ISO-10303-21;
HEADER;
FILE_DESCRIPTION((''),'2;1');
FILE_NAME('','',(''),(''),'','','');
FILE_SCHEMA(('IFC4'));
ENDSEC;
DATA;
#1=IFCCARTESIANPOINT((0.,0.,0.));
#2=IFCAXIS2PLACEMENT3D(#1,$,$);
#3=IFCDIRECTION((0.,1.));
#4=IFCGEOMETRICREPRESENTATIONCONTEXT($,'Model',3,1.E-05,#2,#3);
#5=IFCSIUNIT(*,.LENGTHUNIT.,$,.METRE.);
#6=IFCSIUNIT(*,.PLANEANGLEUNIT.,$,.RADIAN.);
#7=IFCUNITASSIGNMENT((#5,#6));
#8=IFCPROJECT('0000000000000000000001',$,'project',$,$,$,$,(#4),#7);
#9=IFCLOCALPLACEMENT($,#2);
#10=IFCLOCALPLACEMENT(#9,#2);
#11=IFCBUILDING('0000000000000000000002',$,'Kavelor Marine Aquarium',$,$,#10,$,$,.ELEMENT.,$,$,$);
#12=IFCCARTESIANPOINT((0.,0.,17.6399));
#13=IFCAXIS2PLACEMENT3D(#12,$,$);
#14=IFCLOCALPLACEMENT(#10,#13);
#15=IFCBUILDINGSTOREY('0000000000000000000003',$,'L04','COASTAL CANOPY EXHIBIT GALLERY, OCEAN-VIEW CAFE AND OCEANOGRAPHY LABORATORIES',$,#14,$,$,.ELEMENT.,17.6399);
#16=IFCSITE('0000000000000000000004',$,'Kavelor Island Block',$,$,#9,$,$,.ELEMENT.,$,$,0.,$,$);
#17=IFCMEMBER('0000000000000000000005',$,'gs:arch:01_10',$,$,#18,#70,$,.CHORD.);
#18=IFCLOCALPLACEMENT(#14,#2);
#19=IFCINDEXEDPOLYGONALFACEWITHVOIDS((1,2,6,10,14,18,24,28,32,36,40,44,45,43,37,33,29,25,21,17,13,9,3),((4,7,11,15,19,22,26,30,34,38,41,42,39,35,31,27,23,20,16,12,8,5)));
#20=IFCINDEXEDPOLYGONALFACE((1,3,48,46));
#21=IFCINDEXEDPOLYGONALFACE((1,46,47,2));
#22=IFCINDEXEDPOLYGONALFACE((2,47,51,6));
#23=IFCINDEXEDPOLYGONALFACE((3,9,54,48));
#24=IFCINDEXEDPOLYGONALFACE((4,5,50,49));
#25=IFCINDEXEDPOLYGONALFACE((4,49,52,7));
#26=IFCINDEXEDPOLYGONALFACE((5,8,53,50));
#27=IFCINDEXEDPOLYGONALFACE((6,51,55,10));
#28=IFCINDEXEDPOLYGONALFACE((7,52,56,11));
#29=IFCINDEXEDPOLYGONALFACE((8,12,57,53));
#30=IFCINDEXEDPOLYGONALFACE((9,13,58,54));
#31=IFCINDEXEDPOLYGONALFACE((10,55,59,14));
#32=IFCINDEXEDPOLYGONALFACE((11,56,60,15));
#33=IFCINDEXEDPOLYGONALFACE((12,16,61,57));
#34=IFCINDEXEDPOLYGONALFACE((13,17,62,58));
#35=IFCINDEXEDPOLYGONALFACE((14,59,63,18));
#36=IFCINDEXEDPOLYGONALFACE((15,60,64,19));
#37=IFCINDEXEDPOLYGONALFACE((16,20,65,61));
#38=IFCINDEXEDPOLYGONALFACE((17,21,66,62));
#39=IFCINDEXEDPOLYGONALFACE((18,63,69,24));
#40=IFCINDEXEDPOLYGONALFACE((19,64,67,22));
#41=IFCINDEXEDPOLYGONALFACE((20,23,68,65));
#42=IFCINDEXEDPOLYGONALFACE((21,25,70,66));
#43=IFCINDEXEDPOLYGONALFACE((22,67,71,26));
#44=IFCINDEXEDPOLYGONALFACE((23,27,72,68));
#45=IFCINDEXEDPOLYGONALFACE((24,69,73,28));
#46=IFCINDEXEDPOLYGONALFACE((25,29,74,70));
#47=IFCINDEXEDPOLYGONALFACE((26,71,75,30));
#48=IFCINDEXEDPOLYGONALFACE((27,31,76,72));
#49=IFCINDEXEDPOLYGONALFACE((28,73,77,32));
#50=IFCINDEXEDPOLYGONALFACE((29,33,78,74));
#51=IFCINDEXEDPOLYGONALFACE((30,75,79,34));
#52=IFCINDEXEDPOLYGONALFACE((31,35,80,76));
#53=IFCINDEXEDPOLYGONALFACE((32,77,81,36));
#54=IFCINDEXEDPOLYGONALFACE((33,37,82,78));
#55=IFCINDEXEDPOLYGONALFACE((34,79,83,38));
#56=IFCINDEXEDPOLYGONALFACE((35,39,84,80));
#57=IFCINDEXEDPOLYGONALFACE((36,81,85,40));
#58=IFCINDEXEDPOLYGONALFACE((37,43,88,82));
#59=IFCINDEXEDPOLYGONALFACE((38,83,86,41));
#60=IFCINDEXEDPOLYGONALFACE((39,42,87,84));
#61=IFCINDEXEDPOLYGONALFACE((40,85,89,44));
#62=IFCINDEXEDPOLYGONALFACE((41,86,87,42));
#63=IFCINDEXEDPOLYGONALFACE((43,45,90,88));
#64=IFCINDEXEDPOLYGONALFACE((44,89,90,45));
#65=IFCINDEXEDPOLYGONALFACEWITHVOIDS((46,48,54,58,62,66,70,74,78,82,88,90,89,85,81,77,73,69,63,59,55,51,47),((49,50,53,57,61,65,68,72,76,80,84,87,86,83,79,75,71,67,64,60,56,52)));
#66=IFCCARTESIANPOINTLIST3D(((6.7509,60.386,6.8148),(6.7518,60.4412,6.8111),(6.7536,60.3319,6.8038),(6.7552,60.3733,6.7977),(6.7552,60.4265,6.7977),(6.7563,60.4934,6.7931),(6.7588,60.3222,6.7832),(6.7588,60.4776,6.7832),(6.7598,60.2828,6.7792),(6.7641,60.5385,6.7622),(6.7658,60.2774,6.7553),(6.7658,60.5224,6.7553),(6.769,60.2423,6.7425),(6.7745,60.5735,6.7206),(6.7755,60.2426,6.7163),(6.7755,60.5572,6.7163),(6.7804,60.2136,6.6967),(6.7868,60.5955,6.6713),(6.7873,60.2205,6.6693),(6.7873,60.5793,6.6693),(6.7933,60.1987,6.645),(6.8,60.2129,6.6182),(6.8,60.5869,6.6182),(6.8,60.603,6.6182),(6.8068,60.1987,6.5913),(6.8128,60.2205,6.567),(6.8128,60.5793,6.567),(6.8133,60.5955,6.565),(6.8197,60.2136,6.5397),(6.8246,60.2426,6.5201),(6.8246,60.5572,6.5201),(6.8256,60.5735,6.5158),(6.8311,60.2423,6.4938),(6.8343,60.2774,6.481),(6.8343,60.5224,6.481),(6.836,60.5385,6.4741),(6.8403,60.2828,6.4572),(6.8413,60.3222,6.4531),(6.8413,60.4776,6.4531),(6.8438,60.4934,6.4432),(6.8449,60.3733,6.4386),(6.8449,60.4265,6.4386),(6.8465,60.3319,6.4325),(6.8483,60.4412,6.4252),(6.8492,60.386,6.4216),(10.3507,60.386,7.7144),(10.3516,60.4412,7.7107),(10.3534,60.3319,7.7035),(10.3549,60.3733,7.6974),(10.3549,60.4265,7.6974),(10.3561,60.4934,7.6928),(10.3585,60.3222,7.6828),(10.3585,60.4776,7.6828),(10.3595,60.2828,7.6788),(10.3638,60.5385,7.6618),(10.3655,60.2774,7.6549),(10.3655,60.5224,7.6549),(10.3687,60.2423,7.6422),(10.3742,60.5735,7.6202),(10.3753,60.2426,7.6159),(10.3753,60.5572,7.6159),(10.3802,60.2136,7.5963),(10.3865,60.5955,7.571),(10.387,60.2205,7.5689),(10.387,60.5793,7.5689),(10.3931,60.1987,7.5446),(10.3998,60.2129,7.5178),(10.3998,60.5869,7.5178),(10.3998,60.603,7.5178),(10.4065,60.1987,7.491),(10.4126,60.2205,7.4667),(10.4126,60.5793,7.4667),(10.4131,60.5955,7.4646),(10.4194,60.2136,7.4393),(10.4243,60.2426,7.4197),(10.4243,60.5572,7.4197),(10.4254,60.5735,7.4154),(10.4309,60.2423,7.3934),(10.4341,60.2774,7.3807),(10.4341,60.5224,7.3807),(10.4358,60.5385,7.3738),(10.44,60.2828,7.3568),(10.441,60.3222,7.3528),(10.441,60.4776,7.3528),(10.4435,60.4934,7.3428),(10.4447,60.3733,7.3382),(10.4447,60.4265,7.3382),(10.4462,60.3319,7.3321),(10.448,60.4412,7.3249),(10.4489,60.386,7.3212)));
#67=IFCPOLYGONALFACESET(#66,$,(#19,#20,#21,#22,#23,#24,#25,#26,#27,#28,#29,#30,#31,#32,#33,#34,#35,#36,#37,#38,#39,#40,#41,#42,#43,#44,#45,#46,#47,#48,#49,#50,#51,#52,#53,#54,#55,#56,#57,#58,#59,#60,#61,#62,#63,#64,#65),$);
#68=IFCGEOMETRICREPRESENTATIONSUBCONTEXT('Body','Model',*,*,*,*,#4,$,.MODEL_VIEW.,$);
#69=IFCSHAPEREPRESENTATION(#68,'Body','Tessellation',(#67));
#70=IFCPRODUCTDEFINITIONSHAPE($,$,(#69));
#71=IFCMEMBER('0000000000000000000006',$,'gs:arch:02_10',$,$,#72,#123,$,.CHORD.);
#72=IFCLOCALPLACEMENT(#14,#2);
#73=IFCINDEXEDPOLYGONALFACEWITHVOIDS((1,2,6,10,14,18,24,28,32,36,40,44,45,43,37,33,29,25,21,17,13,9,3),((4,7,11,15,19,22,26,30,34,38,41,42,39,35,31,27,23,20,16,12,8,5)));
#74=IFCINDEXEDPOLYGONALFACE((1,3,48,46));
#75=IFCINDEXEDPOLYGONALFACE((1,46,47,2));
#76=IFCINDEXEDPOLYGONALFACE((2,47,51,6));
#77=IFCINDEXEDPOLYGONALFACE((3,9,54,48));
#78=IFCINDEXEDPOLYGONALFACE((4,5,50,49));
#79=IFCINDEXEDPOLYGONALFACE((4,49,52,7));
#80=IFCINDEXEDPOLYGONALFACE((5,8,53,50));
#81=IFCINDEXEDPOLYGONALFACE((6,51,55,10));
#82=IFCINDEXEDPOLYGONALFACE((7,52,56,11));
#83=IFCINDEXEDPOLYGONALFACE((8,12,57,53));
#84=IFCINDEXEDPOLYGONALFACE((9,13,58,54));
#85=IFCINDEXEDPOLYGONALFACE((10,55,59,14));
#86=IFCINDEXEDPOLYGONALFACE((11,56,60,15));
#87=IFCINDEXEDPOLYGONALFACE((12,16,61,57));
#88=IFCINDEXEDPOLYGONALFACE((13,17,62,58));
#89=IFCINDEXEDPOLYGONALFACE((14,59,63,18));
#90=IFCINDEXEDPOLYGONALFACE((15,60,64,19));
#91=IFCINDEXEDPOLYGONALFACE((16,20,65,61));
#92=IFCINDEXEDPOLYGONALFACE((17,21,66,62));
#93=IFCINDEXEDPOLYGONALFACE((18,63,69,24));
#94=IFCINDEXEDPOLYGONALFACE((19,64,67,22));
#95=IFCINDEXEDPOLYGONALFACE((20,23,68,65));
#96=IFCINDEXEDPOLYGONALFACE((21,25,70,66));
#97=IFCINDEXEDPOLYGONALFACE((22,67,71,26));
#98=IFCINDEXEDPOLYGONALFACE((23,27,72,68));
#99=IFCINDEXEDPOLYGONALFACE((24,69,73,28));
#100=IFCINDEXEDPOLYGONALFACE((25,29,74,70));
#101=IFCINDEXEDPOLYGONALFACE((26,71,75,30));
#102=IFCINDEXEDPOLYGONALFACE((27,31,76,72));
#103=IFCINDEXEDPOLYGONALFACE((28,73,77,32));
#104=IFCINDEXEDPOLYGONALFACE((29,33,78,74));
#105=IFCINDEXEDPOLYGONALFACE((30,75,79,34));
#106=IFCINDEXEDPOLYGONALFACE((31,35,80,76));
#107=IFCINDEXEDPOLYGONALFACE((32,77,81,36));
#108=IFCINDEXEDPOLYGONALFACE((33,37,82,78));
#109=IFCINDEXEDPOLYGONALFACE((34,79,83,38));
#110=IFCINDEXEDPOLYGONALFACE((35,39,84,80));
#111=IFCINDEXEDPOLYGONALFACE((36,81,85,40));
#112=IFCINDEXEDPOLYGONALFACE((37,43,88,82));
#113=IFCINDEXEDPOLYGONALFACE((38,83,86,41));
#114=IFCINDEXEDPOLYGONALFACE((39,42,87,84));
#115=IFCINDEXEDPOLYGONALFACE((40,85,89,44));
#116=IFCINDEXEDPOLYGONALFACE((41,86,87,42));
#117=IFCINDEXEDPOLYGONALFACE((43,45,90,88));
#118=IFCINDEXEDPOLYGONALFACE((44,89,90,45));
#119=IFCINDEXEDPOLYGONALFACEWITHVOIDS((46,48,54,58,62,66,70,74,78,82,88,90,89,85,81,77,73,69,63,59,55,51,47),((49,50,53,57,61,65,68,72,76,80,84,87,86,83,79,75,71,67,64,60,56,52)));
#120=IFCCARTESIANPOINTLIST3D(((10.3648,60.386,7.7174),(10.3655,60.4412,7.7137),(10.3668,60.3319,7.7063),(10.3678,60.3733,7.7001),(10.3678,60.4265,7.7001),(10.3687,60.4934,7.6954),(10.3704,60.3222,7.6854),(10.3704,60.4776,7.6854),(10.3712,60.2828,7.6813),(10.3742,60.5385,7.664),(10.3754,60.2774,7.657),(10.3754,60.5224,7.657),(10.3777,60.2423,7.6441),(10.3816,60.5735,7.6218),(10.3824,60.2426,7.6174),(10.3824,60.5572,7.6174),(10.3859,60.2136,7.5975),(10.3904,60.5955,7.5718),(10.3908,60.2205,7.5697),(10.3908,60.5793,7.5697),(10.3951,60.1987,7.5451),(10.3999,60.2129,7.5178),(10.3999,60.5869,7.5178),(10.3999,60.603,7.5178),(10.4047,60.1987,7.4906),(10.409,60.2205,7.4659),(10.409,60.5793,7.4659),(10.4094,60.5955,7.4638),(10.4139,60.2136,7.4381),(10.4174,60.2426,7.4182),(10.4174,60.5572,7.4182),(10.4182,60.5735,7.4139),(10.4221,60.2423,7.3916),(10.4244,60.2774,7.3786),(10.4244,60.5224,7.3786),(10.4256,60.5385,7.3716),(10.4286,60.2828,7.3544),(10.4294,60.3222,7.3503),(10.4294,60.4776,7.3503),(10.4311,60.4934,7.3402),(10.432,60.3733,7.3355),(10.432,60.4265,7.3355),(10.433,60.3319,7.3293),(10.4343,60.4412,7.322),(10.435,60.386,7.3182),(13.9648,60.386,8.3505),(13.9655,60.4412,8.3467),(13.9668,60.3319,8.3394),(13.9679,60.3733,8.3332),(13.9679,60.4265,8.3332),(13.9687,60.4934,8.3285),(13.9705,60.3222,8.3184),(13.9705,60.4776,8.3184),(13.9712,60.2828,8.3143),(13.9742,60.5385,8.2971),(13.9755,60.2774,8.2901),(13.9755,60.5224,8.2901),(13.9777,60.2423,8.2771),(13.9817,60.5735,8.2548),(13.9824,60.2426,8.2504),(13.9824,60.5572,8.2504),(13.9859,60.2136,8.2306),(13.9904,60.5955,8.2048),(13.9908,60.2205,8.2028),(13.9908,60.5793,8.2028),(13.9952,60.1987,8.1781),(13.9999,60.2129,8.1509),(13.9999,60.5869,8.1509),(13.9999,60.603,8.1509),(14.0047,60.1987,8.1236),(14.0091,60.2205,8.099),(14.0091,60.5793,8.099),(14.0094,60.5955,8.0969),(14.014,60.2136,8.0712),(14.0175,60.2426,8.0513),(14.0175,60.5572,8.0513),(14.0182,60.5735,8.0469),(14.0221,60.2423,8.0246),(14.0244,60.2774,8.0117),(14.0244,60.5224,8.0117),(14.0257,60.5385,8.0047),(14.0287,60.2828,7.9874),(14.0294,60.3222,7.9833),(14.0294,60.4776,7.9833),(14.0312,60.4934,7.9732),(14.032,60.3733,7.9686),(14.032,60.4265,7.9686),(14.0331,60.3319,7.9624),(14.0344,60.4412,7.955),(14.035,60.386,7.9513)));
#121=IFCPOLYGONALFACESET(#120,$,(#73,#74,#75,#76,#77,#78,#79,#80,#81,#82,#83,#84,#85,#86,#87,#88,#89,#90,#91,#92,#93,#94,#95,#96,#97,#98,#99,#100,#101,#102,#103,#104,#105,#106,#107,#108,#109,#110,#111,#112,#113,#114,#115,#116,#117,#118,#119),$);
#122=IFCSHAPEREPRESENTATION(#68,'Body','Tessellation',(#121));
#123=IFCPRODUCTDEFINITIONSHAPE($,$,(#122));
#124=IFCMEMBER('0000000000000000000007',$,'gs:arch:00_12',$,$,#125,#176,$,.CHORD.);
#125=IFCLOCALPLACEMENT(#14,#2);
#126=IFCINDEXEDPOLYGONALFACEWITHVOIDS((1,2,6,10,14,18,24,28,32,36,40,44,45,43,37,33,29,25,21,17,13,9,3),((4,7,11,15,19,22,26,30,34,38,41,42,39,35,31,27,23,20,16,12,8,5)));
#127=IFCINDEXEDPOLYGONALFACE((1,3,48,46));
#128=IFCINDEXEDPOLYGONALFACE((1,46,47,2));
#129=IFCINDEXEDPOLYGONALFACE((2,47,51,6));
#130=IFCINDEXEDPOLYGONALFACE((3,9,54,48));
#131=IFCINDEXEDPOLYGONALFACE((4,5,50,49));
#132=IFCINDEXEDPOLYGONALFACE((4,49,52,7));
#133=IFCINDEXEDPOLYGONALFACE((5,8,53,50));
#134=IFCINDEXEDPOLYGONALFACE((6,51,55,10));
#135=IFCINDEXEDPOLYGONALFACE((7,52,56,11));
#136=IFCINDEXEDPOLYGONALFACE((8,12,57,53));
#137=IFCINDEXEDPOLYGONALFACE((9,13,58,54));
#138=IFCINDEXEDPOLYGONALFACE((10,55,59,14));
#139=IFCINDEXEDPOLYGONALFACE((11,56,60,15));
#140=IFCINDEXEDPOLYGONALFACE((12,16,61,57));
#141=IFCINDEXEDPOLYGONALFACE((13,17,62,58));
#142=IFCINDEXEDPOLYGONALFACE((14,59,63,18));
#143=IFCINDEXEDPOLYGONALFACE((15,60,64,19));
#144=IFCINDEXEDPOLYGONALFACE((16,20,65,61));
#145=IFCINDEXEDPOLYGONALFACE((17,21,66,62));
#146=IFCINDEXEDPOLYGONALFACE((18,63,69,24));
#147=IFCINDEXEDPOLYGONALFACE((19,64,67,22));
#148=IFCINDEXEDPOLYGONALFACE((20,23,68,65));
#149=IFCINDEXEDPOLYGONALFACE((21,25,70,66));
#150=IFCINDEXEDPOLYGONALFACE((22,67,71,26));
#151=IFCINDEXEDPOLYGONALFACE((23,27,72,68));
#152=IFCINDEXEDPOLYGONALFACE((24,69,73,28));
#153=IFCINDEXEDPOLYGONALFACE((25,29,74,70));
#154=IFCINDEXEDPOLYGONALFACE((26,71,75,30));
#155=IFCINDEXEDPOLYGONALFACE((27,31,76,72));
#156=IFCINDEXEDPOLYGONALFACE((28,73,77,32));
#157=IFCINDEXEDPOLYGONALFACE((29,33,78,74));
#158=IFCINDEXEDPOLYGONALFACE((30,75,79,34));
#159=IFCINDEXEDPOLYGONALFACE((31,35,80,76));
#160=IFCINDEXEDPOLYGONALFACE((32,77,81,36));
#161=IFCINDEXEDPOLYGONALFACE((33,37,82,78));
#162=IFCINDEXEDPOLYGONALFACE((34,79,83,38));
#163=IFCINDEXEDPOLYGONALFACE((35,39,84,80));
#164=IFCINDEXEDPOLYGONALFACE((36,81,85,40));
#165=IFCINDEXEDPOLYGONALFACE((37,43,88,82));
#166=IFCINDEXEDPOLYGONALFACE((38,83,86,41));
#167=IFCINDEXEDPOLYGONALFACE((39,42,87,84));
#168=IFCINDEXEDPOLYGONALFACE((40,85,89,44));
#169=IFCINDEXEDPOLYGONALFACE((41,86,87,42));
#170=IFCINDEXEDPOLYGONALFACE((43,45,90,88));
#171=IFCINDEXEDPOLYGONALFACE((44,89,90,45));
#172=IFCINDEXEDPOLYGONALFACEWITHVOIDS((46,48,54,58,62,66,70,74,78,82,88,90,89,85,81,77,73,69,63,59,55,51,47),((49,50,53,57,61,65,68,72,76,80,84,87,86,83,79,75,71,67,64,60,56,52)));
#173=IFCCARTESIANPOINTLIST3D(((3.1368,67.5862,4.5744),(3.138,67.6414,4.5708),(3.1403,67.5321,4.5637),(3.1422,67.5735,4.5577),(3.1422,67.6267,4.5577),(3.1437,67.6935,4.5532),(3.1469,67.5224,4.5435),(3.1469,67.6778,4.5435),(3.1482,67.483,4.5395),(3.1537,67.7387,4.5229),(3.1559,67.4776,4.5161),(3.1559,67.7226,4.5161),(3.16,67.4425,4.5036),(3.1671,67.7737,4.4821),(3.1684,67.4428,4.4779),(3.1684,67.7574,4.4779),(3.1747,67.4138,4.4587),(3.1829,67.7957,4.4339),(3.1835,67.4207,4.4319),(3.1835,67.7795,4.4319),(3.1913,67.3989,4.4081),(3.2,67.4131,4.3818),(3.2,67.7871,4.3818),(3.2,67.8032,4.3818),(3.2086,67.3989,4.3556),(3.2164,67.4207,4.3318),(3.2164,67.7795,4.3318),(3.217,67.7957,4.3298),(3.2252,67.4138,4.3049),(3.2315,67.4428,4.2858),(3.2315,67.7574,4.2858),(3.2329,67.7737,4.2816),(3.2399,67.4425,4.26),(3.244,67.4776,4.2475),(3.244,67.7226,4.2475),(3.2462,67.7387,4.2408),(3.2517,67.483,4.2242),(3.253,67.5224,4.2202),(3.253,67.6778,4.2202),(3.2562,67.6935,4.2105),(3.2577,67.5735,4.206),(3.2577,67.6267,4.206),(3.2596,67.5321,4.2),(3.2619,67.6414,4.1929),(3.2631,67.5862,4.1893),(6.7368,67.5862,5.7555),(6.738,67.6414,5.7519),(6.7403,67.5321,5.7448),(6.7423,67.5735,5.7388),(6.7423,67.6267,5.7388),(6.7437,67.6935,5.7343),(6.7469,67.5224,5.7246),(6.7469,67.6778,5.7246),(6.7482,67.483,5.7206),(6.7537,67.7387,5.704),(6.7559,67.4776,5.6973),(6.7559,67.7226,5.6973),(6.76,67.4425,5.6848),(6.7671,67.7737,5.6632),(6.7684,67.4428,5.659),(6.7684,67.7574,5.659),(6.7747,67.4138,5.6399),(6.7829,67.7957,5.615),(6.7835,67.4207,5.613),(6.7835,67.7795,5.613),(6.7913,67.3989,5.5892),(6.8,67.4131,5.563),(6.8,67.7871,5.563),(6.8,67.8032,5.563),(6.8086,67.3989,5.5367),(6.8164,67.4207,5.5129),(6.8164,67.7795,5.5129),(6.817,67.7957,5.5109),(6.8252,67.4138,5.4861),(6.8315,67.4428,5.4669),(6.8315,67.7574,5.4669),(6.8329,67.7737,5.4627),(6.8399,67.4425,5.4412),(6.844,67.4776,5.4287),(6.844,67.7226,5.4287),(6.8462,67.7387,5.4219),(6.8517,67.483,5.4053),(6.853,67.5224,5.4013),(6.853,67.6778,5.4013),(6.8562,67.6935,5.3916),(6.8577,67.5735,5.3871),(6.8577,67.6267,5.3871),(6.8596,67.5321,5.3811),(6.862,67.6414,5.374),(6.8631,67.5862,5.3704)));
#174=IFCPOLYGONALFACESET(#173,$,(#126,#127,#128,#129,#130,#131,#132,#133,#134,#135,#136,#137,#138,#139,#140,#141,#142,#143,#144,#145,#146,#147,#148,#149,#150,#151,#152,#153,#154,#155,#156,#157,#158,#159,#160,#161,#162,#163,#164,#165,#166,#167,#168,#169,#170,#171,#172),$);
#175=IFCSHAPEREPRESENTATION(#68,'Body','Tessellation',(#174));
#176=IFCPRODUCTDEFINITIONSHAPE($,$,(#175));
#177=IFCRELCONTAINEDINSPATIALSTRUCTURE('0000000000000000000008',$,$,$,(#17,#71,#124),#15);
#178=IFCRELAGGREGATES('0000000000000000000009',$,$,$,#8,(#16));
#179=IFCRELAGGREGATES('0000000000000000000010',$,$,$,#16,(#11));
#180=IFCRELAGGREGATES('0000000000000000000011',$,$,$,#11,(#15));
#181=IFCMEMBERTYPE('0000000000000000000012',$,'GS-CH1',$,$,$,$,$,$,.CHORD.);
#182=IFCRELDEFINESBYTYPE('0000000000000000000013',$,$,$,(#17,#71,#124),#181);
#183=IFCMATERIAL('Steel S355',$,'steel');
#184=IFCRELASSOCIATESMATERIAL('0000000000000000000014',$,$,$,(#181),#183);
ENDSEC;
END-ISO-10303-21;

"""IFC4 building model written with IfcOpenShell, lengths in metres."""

from ifc_helpers import new_model, si_unit, direction, frame, origin, origin_2d, place, context, subcontext, project, spatial, hollow_circle, extrude, material, material_profile, profile_set, type_object, element, save


model = new_model("IFC4")

# Units and contexts
model_context = context("Model", 3, precision=1e-05, world=origin(), true_north=direction((0.0, 1.0)))
body_context = subcontext(model_context, "Body", "Model", "MODEL_VIEW")
ifc_project = project(units=[si_unit("LENGTHUNIT", "METRE"), si_unit("PLANEANGLEUNIT", "RADIAN")], contexts=[model_context])

# Site, building, storey
site_placement = place(None, origin())
site = spatial("IfcSite", under=ifc_project, at=site_placement, Name="Kavelor Island Block", CompositionType="ELEMENT", RefElevation=0.0)
building_placement = place(site_placement, origin())
building = spatial("IfcBuilding", under=site, at=building_placement, Name="Kavelor Marine Aquarium", CompositionType="ELEMENT")
storey_placement = place(building_placement, frame((0.0, 0.0, 17.6399)))
storey = spatial("IfcBuildingStorey", under=building, at=storey_placement, Name="L04", Description="COASTAL CANOPY EXHIBIT GALLERY, OCEAN-VIEW CAFE AND OCEANOGRAPHY LABORATORIES", CompositionType="ELEMENT", Elevation=17.6399)

# Members
ifc_material_1 = material(Name="Steel S355", Category="steel")
ifc_material_profile_1 = material_profile(ifc_material_1, hollow_circle(Radius=0.2031, WallThickness=0.0161, at=origin_2d()), Name="CHS 406.4x16.0")
ifc_profile_set_1 = profile_set([ifc_material_profile_1], Name="Steel S355")
member_type_1 = type_object("IfcMemberType", Name="GS-CH1", PredefinedType="CHORD", material=ifc_profile_set_1)
member_1_placement = place(storey_placement, frame((6.8, 60.3999, 6.6182), z_axis=(0.970162, 0.0, 0.242458), x_axis=(0.0, 1.0, 0.0)))
element("IfcMember", 1, at=member_1_placement, inside=storey, type_object=member_type_1, Name="gs:arch:01_10", PredefinedType="CHORD", context=body_context, shape_type="SweptSolid", body=[
    extrude(hollow_circle(Radius=0.2031, WallThickness=0.0161, at=origin_2d()), origin(), (0.0, 0.0, 1.0), 3.7104),
])
member_2_placement = place(storey_placement, frame((10.3999, 60.3999, 7.5178), z_axis=(0.984889, 0.0, 0.173187), x_axis=(0.0, 1.0, 0.0)))
element("IfcMember", 2, at=member_2_placement, inside=storey, type_object=member_type_1, Name="gs:arch:02_10", PredefinedType="CHORD", context=body_context, shape_type="SweptSolid", body=[
    extrude(hollow_circle(Radius=0.2031, WallThickness=0.0161, at=origin_2d()), origin(), (0.0, 0.0, 1.0), 3.6553),
])
member_3_placement = place(storey_placement, frame((3.2, 67.6001, 4.3818), z_axis=(0.950168, 0.0, 0.31174), x_axis=(0.0, 1.0, 0.0)))
element("IfcMember", 3, at=member_3_placement, inside=storey, type_object=member_type_1, Name="gs:arch:00_12", PredefinedType="CHORD", context=body_context, shape_type="SweptSolid", body=[
    extrude(hollow_circle(Radius=0.2031, WallThickness=0.0161, at=origin_2d()), origin(), (0.0, 0.0, 1.0), 3.7888),
])

save(model, "model.ifc")
